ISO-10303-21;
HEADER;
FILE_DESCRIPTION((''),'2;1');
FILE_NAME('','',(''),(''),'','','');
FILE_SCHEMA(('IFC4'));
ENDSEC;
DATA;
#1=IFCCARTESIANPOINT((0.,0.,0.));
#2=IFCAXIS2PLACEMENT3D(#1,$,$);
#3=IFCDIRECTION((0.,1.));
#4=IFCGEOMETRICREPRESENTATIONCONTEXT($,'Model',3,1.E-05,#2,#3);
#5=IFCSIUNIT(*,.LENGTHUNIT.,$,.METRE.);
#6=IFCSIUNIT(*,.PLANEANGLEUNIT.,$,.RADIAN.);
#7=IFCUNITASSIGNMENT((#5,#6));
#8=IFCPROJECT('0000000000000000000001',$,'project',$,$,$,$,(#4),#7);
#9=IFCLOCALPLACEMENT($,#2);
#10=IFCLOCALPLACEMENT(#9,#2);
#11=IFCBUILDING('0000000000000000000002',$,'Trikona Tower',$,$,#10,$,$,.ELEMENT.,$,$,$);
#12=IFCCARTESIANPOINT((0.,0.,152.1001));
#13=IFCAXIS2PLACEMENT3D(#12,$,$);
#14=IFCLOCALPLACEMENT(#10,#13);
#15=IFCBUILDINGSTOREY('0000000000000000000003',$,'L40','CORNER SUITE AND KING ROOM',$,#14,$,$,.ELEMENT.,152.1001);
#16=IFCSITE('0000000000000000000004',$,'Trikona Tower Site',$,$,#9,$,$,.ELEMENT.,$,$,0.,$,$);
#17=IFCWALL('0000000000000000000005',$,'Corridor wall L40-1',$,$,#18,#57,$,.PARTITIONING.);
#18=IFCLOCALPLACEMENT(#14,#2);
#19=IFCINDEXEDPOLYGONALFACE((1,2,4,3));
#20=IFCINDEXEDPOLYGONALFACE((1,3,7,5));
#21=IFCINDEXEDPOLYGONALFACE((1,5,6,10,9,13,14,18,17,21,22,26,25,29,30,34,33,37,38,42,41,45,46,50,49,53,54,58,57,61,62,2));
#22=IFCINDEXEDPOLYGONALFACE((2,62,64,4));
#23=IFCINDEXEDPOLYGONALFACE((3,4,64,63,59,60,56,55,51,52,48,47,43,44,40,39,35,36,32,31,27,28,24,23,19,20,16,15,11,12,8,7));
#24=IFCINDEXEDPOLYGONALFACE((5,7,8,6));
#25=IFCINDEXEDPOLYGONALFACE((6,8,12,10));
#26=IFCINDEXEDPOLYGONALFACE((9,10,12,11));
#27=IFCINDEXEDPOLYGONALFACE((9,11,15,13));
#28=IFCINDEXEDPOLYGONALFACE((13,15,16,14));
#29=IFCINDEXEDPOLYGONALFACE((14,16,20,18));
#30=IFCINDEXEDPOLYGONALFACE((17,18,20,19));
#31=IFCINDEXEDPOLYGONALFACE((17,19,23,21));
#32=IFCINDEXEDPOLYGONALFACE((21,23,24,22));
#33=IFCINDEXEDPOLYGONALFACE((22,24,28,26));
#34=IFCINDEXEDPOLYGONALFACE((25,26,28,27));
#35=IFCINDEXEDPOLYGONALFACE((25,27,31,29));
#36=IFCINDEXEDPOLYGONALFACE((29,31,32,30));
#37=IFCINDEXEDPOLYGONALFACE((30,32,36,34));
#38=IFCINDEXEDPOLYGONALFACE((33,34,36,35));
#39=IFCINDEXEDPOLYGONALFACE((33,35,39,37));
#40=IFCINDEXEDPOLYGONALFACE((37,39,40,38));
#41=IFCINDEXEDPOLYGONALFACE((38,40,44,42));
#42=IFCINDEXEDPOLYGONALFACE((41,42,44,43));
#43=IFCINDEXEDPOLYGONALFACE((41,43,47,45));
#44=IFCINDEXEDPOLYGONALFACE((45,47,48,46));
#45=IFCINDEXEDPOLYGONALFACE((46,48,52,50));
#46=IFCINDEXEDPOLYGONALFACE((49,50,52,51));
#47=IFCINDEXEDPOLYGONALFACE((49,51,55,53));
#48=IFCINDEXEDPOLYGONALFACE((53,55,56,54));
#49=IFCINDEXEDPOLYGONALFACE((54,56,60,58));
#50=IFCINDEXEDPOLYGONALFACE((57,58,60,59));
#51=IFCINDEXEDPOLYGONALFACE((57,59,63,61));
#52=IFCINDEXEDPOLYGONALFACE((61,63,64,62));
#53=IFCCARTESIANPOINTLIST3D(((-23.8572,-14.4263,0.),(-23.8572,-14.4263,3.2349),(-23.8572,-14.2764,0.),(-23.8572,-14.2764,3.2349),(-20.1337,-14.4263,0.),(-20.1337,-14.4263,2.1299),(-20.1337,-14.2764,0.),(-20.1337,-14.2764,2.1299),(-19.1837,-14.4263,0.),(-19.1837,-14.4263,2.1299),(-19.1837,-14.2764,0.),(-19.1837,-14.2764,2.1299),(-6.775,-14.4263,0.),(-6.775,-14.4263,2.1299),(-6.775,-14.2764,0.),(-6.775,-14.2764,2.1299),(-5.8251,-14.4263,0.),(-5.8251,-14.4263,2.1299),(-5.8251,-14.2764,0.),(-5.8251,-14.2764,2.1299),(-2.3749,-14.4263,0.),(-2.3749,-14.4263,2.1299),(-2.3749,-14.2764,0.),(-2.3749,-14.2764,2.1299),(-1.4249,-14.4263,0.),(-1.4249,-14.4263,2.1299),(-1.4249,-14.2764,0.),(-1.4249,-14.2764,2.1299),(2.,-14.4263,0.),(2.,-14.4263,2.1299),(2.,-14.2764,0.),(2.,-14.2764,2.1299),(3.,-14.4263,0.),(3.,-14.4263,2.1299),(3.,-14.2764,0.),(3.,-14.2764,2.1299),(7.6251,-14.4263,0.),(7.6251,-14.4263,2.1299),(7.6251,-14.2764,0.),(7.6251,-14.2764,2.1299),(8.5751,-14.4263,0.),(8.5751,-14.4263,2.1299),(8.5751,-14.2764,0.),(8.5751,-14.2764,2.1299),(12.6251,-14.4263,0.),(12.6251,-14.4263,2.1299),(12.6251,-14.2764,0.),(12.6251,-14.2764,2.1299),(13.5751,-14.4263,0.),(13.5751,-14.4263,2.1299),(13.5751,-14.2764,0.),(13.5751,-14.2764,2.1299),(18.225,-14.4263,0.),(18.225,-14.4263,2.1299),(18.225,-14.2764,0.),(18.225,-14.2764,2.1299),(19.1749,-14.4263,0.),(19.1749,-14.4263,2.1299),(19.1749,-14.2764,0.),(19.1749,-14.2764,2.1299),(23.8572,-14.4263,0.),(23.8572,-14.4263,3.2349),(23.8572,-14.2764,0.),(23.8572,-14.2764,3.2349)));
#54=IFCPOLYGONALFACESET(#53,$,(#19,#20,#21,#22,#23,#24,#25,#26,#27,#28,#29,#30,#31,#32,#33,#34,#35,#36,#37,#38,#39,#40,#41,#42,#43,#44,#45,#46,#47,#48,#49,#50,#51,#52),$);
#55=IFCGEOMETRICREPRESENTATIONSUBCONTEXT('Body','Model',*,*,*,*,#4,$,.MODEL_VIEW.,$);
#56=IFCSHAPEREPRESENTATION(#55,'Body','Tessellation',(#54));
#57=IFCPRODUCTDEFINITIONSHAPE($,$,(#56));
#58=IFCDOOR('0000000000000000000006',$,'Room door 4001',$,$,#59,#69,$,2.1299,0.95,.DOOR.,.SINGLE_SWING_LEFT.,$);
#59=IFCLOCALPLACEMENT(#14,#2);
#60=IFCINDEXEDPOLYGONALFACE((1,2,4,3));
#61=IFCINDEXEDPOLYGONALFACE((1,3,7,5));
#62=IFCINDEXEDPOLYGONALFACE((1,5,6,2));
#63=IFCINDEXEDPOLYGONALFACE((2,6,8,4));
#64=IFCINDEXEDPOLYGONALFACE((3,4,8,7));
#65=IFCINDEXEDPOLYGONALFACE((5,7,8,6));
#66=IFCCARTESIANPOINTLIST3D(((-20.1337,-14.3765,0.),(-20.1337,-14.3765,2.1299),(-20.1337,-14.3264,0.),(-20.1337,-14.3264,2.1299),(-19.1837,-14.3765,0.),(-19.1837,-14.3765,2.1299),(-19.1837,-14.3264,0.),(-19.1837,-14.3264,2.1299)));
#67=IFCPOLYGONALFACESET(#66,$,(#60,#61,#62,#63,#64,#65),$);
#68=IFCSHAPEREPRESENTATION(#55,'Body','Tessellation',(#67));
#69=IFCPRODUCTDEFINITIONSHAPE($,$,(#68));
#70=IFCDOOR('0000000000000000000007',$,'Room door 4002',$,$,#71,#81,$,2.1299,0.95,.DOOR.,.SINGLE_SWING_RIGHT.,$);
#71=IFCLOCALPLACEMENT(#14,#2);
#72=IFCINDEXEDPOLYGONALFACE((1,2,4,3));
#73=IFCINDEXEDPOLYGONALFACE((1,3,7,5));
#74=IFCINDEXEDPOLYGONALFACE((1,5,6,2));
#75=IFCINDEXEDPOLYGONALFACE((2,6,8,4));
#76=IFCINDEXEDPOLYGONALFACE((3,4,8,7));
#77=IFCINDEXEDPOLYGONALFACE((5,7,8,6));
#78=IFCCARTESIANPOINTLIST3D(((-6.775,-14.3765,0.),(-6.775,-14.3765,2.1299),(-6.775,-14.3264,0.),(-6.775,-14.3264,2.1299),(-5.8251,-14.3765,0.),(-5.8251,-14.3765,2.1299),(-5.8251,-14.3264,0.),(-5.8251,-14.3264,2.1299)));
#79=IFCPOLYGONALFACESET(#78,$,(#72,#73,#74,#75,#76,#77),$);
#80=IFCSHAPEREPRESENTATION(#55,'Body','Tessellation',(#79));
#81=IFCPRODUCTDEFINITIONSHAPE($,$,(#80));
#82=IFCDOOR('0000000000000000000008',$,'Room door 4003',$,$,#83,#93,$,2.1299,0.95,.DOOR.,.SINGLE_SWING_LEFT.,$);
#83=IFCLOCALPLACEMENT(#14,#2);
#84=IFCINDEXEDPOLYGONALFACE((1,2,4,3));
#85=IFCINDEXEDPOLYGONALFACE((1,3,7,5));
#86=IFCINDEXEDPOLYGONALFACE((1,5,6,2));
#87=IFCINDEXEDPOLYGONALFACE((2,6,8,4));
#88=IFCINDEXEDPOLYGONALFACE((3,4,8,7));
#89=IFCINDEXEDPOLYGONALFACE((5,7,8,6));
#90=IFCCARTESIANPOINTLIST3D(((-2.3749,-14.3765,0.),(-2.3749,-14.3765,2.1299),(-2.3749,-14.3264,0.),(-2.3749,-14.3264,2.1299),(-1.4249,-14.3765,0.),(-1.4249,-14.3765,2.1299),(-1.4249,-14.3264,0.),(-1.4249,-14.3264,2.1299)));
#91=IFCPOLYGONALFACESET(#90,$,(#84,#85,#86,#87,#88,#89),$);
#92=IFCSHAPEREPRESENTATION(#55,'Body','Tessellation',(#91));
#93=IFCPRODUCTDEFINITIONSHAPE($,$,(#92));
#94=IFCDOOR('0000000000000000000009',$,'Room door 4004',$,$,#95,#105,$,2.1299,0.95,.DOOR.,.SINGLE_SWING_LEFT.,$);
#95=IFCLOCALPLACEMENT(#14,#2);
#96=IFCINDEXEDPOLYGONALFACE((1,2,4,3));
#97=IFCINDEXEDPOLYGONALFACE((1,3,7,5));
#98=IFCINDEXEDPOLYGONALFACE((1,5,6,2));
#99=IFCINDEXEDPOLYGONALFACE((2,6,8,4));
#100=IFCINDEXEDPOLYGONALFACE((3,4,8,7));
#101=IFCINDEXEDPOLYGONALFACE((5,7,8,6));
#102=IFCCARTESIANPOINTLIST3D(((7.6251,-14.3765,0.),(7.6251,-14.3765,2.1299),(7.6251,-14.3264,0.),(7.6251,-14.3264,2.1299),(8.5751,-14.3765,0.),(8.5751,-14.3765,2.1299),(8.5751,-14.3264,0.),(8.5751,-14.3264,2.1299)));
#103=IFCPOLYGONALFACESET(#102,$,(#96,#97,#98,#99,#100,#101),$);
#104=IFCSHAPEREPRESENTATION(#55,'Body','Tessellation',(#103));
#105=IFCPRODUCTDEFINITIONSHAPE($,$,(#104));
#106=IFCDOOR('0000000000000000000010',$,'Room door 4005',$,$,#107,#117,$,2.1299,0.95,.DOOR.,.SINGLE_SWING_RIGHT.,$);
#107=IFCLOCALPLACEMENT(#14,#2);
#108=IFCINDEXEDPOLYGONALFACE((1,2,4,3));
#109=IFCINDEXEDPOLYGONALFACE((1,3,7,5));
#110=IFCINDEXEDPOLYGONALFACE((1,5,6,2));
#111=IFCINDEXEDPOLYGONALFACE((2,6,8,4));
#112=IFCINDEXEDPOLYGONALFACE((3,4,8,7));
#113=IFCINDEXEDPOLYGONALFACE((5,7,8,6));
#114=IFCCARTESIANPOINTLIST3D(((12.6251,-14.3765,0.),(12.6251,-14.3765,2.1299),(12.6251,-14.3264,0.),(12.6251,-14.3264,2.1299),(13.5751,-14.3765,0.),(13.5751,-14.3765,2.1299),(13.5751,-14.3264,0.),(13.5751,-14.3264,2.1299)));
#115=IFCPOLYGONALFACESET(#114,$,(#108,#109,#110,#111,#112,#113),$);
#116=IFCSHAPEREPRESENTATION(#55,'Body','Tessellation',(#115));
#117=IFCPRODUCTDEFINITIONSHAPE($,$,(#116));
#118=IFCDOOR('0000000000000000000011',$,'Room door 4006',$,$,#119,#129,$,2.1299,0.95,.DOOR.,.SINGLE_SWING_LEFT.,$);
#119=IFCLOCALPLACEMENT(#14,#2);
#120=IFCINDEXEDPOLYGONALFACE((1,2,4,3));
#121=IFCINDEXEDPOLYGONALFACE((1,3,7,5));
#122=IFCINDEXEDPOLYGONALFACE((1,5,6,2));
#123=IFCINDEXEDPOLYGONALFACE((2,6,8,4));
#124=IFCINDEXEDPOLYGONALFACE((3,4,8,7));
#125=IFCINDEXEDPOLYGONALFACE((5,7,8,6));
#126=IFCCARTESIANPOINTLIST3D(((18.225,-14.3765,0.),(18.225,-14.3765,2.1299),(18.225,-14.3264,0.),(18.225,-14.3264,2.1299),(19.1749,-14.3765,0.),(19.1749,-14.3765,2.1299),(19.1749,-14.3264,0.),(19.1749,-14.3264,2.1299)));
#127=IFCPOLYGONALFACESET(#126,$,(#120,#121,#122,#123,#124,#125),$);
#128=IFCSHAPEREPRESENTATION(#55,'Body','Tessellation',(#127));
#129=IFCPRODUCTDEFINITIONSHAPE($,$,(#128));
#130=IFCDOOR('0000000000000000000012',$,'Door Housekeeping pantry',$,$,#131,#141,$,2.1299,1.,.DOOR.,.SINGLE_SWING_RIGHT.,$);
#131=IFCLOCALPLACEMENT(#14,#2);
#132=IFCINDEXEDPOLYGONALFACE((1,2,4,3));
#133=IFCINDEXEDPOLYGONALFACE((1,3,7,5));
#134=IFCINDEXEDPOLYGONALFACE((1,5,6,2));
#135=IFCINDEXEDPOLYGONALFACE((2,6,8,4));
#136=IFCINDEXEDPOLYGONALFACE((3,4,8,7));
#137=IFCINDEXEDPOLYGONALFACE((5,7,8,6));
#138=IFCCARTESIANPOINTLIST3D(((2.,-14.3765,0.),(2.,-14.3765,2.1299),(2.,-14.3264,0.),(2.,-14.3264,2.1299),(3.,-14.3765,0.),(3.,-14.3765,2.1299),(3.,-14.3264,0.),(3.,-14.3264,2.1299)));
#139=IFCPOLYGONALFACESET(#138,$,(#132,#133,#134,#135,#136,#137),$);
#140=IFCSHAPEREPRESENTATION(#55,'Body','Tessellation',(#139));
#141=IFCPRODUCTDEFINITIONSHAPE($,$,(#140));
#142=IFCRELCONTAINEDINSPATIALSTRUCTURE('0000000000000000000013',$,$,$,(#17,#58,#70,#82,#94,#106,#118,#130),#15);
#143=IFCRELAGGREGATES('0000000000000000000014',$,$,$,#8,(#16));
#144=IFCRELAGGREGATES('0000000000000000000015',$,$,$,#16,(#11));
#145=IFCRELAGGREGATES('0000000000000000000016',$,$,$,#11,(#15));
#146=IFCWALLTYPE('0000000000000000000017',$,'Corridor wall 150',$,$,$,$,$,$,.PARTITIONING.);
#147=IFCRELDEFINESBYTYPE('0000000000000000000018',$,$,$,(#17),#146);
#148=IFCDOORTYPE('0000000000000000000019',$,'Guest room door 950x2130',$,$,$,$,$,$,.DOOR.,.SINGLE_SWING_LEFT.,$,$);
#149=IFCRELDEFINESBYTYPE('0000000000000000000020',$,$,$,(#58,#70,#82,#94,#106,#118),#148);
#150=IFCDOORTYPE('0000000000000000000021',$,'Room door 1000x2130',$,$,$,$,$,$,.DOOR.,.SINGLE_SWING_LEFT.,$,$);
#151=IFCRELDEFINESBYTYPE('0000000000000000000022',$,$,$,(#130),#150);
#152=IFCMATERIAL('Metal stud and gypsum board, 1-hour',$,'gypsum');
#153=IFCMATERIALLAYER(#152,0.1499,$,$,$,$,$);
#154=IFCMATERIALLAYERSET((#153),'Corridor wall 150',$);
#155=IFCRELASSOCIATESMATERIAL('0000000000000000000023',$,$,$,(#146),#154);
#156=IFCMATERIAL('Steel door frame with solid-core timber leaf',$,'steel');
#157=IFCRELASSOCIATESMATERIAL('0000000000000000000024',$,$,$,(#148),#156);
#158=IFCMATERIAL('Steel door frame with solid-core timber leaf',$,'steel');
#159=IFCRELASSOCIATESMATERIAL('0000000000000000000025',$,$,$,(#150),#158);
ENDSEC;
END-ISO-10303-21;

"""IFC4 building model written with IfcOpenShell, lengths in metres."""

from ifc_helpers import new_model, si_unit, direction, frame, frame_2d, origin, place, context, subcontext, project, spatial, rectangle, extrude, material, layer, layer_set, type_object, element, fill, save


model = new_model("IFC4")

# Units and contexts
model_context = context("Model", 3, precision=1e-05, world=origin(), true_north=direction((0.0, 1.0)))
body_context = subcontext(model_context, "Body", "Model", "MODEL_VIEW")
ifc_project = project(units=[si_unit("LENGTHUNIT", "METRE"), si_unit("PLANEANGLEUNIT", "RADIAN")], contexts=[model_context])

# Site, building, storey
site_placement = place(None, origin())
site = spatial("IfcSite", under=ifc_project, at=site_placement, Name="Trikona Tower Site", CompositionType="ELEMENT", RefElevation=0.0)
building_placement = place(site_placement, origin())
building = spatial("IfcBuilding", under=site, at=building_placement, Name="Trikona Tower", CompositionType="ELEMENT")
storey_placement = place(building_placement, frame((0.0, 0.0, 152.1001)))
storey = spatial("IfcBuildingStorey", under=building, at=storey_placement, Name="L40", Description="CORNER SUITE AND KING ROOM", CompositionType="ELEMENT", Elevation=152.1001)

# Wall, openings, doors
ifc_material_1 = material(Name="Metal stud and gypsum board, 1-hour", Category="gypsum")
ifc_layer_1 = layer(ifc_material_1, 0.1499)
ifc_layer_set_1 = layer_set([ifc_layer_1], Name="Corridor wall 150")
wall_type_1 = type_object("IfcWallType", Name="Corridor wall 150", PredefinedType="PARTITIONING", material=ifc_layer_set_1)
wall_1_placement = place(storey_placement, frame((-23.8572, -14.3513, 0.0), z_axis=(0.0, 0.0, 1.0), x_axis=(1.0, 0.0, 0.0)))
wall_1 = element("IfcWall", 1, at=wall_1_placement, inside=storey, type_object=wall_type_1, Name="Corridor wall L40-1", PredefinedType="PARTITIONING", context=body_context, shape_type="SweptSolid", body=[
    extrude(rectangle(XDim=47.7144, YDim=0.1499, at=frame_2d((23.8572, 0.0))), origin(), (0.0, 0.0, 1.0), 3.2349),
])
opening_1_placement = place(wall_1_placement, frame((3.7234, 0.0, 0.0)))
opening_1 = element("IfcOpeningElement", 2, at=opening_1_placement, cuts=wall_1, PredefinedType="OPENING", context=body_context, shape_type="SweptSolid", body=[
    extrude(rectangle(XDim=0.95, YDim=2.1299, at=frame_2d((0.4751, 1.0649))), frame((0.0, 0.085, 0.0), z_axis=(0.0, -1.0, 0.0), x_axis=(1.0, 0.0, 0.0)), (0.0, 0.0, 1.0), 0.1699),
])
opening_2_placement = place(wall_1_placement, frame((17.082, 0.0, 0.0)))
opening_2 = element("IfcOpeningElement", 3, at=opening_2_placement, cuts=wall_1, PredefinedType="OPENING", context=body_context, shape_type="SweptSolid", body=[
    extrude(rectangle(XDim=0.95, YDim=2.1299, at=frame_2d((0.4751, 1.0649))), frame((0.0, 0.085, 0.0), z_axis=(0.0, -1.0, 0.0), x_axis=(1.0, 0.0, 0.0)), (0.0, 0.0, 1.0), 0.1699),
])
opening_3_placement = place(wall_1_placement, frame((21.4822, 0.0, 0.0)))
opening_3 = element("IfcOpeningElement", 4, at=opening_3_placement, cuts=wall_1, PredefinedType="OPENING", context=body_context, shape_type="SweptSolid", body=[
    extrude(rectangle(XDim=0.95, YDim=2.1299, at=frame_2d((0.4751, 1.0649))), frame((0.0, 0.085, 0.0), z_axis=(0.0, -1.0, 0.0), x_axis=(1.0, 0.0, 0.0)), (0.0, 0.0, 1.0), 0.1699),
])
opening_4_placement = place(wall_1_placement, frame((25.8572, 0.0, 0.0)))
opening_4 = element("IfcOpeningElement", 5, at=opening_4_placement, cuts=wall_1, PredefinedType="OPENING", context=body_context, shape_type="SweptSolid", body=[
    extrude(rectangle(XDim=1.0, YDim=2.1299, at=frame_2d((0.5, 1.0649))), frame((0.0, 0.085, 0.0), z_axis=(0.0, -1.0, 0.0), x_axis=(1.0, 0.0, 0.0)), (0.0, 0.0, 1.0), 0.1699),
])
opening_5_placement = place(wall_1_placement, frame((31.4822, 0.0, 0.0)))
opening_5 = element("IfcOpeningElement", 6, at=opening_5_placement, cuts=wall_1, PredefinedType="OPENING", context=body_context, shape_type="SweptSolid", body=[
    extrude(rectangle(XDim=0.95, YDim=2.1299, at=frame_2d((0.4751, 1.0649))), frame((0.0, 0.085, 0.0), z_axis=(0.0, -1.0, 0.0), x_axis=(1.0, 0.0, 0.0)), (0.0, 0.0, 1.0), 0.1699),
])
opening_6_placement = place(wall_1_placement, frame((36.4822, 0.0, 0.0)))
opening_6 = element("IfcOpeningElement", 7, at=opening_6_placement, cuts=wall_1, PredefinedType="OPENING", context=body_context, shape_type="SweptSolid", body=[
    extrude(rectangle(XDim=0.95, YDim=2.1299, at=frame_2d((0.4751, 1.0649))), frame((0.0, 0.085, 0.0), z_axis=(0.0, -1.0, 0.0), x_axis=(1.0, 0.0, 0.0)), (0.0, 0.0, 1.0), 0.1699),
])
opening_7_placement = place(wall_1_placement, frame((42.082, 0.0, 0.0)))
opening_7 = element("IfcOpeningElement", 8, at=opening_7_placement, cuts=wall_1, PredefinedType="OPENING", context=body_context, shape_type="SweptSolid", body=[
    extrude(rectangle(XDim=0.95, YDim=2.1299, at=frame_2d((0.4751, 1.0649))), frame((0.0, 0.085, 0.0), z_axis=(0.0, -1.0, 0.0), x_axis=(1.0, 0.0, 0.0)), (0.0, 0.0, 1.0), 0.1699),
])
ifc_material_2 = material(Name="Steel door frame with solid-core timber leaf", Category="steel")
door_type_1 = type_object("IfcDoorType", Name="Guest room door 950x2130", OperationType="SINGLE_SWING_LEFT", PredefinedType="DOOR", material=ifc_material_2)
door_1_placement = place(opening_1_placement, origin())
door_1 = element("IfcDoor", 9, at=door_1_placement, inside=storey, type_object=door_type_1, Name="Room door 4001", OperationType="SINGLE_SWING_LEFT", OverallHeight=2.1299, OverallWidth=0.95, PredefinedType="DOOR", context=body_context, shape_type="SweptSolid", body=[
    extrude(rectangle(XDim=0.95, YDim=2.1299, at=frame_2d((0.4751, 1.0649))), frame((0.0, 0.0249, 0.0), z_axis=(0.0, -1.0, 0.0), x_axis=(1.0, 0.0, 0.0)), (0.0, 0.0, 1.0), 0.05),
])
fill(opening_1, door_1)
door_2_placement = place(opening_2_placement, origin())
door_2 = element("IfcDoor", 10, at=door_2_placement, inside=storey, type_object=door_type_1, Name="Room door 4002", OperationType="SINGLE_SWING_RIGHT", OverallHeight=2.1299, OverallWidth=0.95, PredefinedType="DOOR", context=body_context, shape_type="SweptSolid", body=[
    extrude(rectangle(XDim=0.95, YDim=2.1299, at=frame_2d((0.4751, 1.0649))), frame((0.0, 0.0249, 0.0), z_axis=(0.0, -1.0, 0.0), x_axis=(1.0, 0.0, 0.0)), (0.0, 0.0, 1.0), 0.05),
])
fill(opening_2, door_2)
door_3_placement = place(opening_3_placement, origin())
door_3 = element("IfcDoor", 11, at=door_3_placement, inside=storey, type_object=door_type_1, Name="Room door 4003", OperationType="SINGLE_SWING_LEFT", OverallHeight=2.1299, OverallWidth=0.95, PredefinedType="DOOR", context=body_context, shape_type="SweptSolid", body=[
    extrude(rectangle(XDim=0.95, YDim=2.1299, at=frame_2d((0.4751, 1.0649))), frame((0.0, 0.0249, 0.0), z_axis=(0.0, -1.0, 0.0), x_axis=(1.0, 0.0, 0.0)), (0.0, 0.0, 1.0), 0.05),
])
fill(opening_3, door_3)
door_4_placement = place(opening_5_placement, origin())
door_4 = element("IfcDoor", 12, at=door_4_placement, inside=storey, type_object=door_type_1, Name="Room door 4004", OperationType="SINGLE_SWING_LEFT", OverallHeight=2.1299, OverallWidth=0.95, PredefinedType="DOOR", context=body_context, shape_type="SweptSolid", body=[
    extrude(rectangle(XDim=0.95, YDim=2.1299, at=frame_2d((0.4751, 1.0649))), frame((0.0, 0.0249, 0.0), z_axis=(0.0, -1.0, 0.0), x_axis=(1.0, 0.0, 0.0)), (0.0, 0.0, 1.0), 0.05),
])
fill(opening_5, door_4)
door_5_placement = place(opening_6_placement, origin())
door_5 = element("IfcDoor", 13, at=door_5_placement, inside=storey, type_object=door_type_1, Name="Room door 4005", OperationType="SINGLE_SWING_RIGHT", OverallHeight=2.1299, OverallWidth=0.95, PredefinedType="DOOR", context=body_context, shape_type="SweptSolid", body=[
    extrude(rectangle(XDim=0.95, YDim=2.1299, at=frame_2d((0.4751, 1.0649))), frame((0.0, 0.0249, 0.0), z_axis=(0.0, -1.0, 0.0), x_axis=(1.0, 0.0, 0.0)), (0.0, 0.0, 1.0), 0.05),
])
fill(opening_6, door_5)
door_6_placement = place(opening_7_placement, origin())
door_6 = element("IfcDoor", 14, at=door_6_placement, inside=storey, type_object=door_type_1, Name="Room door 4006", OperationType="SINGLE_SWING_LEFT", OverallHeight=2.1299, OverallWidth=0.95, PredefinedType="DOOR", context=body_context, shape_type="SweptSolid", body=[
    extrude(rectangle(XDim=0.95, YDim=2.1299, at=frame_2d((0.4751, 1.0649))), frame((0.0, 0.0249, 0.0), z_axis=(0.0, -1.0, 0.0), x_axis=(1.0, 0.0, 0.0)), (0.0, 0.0, 1.0), 0.05),
])
fill(opening_7, door_6)
ifc_material_3 = material(Name="Steel door frame with solid-core timber leaf", Category="steel")
door_type_2 = type_object("IfcDoorType", Name="Room door 1000x2130", OperationType="SINGLE_SWING_LEFT", PredefinedType="DOOR", material=ifc_material_3)
door_7_placement = place(opening_4_placement, origin())
door_7 = element("IfcDoor", 15, at=door_7_placement, inside=storey, type_object=door_type_2, Name="Door Housekeeping pantry", OperationType="SINGLE_SWING_RIGHT", OverallHeight=2.1299, OverallWidth=1.0, PredefinedType="DOOR", context=body_context, shape_type="SweptSolid", body=[
    extrude(rectangle(XDim=1.0, YDim=2.1299, at=frame_2d((0.5, 1.0649))), frame((0.0, 0.0249, 0.0), z_axis=(0.0, -1.0, 0.0), x_axis=(1.0, 0.0, 0.0)), (0.0, 0.0, 1.0), 0.05),
])
fill(opening_4, door_7)

save(model, "model.ifc")
